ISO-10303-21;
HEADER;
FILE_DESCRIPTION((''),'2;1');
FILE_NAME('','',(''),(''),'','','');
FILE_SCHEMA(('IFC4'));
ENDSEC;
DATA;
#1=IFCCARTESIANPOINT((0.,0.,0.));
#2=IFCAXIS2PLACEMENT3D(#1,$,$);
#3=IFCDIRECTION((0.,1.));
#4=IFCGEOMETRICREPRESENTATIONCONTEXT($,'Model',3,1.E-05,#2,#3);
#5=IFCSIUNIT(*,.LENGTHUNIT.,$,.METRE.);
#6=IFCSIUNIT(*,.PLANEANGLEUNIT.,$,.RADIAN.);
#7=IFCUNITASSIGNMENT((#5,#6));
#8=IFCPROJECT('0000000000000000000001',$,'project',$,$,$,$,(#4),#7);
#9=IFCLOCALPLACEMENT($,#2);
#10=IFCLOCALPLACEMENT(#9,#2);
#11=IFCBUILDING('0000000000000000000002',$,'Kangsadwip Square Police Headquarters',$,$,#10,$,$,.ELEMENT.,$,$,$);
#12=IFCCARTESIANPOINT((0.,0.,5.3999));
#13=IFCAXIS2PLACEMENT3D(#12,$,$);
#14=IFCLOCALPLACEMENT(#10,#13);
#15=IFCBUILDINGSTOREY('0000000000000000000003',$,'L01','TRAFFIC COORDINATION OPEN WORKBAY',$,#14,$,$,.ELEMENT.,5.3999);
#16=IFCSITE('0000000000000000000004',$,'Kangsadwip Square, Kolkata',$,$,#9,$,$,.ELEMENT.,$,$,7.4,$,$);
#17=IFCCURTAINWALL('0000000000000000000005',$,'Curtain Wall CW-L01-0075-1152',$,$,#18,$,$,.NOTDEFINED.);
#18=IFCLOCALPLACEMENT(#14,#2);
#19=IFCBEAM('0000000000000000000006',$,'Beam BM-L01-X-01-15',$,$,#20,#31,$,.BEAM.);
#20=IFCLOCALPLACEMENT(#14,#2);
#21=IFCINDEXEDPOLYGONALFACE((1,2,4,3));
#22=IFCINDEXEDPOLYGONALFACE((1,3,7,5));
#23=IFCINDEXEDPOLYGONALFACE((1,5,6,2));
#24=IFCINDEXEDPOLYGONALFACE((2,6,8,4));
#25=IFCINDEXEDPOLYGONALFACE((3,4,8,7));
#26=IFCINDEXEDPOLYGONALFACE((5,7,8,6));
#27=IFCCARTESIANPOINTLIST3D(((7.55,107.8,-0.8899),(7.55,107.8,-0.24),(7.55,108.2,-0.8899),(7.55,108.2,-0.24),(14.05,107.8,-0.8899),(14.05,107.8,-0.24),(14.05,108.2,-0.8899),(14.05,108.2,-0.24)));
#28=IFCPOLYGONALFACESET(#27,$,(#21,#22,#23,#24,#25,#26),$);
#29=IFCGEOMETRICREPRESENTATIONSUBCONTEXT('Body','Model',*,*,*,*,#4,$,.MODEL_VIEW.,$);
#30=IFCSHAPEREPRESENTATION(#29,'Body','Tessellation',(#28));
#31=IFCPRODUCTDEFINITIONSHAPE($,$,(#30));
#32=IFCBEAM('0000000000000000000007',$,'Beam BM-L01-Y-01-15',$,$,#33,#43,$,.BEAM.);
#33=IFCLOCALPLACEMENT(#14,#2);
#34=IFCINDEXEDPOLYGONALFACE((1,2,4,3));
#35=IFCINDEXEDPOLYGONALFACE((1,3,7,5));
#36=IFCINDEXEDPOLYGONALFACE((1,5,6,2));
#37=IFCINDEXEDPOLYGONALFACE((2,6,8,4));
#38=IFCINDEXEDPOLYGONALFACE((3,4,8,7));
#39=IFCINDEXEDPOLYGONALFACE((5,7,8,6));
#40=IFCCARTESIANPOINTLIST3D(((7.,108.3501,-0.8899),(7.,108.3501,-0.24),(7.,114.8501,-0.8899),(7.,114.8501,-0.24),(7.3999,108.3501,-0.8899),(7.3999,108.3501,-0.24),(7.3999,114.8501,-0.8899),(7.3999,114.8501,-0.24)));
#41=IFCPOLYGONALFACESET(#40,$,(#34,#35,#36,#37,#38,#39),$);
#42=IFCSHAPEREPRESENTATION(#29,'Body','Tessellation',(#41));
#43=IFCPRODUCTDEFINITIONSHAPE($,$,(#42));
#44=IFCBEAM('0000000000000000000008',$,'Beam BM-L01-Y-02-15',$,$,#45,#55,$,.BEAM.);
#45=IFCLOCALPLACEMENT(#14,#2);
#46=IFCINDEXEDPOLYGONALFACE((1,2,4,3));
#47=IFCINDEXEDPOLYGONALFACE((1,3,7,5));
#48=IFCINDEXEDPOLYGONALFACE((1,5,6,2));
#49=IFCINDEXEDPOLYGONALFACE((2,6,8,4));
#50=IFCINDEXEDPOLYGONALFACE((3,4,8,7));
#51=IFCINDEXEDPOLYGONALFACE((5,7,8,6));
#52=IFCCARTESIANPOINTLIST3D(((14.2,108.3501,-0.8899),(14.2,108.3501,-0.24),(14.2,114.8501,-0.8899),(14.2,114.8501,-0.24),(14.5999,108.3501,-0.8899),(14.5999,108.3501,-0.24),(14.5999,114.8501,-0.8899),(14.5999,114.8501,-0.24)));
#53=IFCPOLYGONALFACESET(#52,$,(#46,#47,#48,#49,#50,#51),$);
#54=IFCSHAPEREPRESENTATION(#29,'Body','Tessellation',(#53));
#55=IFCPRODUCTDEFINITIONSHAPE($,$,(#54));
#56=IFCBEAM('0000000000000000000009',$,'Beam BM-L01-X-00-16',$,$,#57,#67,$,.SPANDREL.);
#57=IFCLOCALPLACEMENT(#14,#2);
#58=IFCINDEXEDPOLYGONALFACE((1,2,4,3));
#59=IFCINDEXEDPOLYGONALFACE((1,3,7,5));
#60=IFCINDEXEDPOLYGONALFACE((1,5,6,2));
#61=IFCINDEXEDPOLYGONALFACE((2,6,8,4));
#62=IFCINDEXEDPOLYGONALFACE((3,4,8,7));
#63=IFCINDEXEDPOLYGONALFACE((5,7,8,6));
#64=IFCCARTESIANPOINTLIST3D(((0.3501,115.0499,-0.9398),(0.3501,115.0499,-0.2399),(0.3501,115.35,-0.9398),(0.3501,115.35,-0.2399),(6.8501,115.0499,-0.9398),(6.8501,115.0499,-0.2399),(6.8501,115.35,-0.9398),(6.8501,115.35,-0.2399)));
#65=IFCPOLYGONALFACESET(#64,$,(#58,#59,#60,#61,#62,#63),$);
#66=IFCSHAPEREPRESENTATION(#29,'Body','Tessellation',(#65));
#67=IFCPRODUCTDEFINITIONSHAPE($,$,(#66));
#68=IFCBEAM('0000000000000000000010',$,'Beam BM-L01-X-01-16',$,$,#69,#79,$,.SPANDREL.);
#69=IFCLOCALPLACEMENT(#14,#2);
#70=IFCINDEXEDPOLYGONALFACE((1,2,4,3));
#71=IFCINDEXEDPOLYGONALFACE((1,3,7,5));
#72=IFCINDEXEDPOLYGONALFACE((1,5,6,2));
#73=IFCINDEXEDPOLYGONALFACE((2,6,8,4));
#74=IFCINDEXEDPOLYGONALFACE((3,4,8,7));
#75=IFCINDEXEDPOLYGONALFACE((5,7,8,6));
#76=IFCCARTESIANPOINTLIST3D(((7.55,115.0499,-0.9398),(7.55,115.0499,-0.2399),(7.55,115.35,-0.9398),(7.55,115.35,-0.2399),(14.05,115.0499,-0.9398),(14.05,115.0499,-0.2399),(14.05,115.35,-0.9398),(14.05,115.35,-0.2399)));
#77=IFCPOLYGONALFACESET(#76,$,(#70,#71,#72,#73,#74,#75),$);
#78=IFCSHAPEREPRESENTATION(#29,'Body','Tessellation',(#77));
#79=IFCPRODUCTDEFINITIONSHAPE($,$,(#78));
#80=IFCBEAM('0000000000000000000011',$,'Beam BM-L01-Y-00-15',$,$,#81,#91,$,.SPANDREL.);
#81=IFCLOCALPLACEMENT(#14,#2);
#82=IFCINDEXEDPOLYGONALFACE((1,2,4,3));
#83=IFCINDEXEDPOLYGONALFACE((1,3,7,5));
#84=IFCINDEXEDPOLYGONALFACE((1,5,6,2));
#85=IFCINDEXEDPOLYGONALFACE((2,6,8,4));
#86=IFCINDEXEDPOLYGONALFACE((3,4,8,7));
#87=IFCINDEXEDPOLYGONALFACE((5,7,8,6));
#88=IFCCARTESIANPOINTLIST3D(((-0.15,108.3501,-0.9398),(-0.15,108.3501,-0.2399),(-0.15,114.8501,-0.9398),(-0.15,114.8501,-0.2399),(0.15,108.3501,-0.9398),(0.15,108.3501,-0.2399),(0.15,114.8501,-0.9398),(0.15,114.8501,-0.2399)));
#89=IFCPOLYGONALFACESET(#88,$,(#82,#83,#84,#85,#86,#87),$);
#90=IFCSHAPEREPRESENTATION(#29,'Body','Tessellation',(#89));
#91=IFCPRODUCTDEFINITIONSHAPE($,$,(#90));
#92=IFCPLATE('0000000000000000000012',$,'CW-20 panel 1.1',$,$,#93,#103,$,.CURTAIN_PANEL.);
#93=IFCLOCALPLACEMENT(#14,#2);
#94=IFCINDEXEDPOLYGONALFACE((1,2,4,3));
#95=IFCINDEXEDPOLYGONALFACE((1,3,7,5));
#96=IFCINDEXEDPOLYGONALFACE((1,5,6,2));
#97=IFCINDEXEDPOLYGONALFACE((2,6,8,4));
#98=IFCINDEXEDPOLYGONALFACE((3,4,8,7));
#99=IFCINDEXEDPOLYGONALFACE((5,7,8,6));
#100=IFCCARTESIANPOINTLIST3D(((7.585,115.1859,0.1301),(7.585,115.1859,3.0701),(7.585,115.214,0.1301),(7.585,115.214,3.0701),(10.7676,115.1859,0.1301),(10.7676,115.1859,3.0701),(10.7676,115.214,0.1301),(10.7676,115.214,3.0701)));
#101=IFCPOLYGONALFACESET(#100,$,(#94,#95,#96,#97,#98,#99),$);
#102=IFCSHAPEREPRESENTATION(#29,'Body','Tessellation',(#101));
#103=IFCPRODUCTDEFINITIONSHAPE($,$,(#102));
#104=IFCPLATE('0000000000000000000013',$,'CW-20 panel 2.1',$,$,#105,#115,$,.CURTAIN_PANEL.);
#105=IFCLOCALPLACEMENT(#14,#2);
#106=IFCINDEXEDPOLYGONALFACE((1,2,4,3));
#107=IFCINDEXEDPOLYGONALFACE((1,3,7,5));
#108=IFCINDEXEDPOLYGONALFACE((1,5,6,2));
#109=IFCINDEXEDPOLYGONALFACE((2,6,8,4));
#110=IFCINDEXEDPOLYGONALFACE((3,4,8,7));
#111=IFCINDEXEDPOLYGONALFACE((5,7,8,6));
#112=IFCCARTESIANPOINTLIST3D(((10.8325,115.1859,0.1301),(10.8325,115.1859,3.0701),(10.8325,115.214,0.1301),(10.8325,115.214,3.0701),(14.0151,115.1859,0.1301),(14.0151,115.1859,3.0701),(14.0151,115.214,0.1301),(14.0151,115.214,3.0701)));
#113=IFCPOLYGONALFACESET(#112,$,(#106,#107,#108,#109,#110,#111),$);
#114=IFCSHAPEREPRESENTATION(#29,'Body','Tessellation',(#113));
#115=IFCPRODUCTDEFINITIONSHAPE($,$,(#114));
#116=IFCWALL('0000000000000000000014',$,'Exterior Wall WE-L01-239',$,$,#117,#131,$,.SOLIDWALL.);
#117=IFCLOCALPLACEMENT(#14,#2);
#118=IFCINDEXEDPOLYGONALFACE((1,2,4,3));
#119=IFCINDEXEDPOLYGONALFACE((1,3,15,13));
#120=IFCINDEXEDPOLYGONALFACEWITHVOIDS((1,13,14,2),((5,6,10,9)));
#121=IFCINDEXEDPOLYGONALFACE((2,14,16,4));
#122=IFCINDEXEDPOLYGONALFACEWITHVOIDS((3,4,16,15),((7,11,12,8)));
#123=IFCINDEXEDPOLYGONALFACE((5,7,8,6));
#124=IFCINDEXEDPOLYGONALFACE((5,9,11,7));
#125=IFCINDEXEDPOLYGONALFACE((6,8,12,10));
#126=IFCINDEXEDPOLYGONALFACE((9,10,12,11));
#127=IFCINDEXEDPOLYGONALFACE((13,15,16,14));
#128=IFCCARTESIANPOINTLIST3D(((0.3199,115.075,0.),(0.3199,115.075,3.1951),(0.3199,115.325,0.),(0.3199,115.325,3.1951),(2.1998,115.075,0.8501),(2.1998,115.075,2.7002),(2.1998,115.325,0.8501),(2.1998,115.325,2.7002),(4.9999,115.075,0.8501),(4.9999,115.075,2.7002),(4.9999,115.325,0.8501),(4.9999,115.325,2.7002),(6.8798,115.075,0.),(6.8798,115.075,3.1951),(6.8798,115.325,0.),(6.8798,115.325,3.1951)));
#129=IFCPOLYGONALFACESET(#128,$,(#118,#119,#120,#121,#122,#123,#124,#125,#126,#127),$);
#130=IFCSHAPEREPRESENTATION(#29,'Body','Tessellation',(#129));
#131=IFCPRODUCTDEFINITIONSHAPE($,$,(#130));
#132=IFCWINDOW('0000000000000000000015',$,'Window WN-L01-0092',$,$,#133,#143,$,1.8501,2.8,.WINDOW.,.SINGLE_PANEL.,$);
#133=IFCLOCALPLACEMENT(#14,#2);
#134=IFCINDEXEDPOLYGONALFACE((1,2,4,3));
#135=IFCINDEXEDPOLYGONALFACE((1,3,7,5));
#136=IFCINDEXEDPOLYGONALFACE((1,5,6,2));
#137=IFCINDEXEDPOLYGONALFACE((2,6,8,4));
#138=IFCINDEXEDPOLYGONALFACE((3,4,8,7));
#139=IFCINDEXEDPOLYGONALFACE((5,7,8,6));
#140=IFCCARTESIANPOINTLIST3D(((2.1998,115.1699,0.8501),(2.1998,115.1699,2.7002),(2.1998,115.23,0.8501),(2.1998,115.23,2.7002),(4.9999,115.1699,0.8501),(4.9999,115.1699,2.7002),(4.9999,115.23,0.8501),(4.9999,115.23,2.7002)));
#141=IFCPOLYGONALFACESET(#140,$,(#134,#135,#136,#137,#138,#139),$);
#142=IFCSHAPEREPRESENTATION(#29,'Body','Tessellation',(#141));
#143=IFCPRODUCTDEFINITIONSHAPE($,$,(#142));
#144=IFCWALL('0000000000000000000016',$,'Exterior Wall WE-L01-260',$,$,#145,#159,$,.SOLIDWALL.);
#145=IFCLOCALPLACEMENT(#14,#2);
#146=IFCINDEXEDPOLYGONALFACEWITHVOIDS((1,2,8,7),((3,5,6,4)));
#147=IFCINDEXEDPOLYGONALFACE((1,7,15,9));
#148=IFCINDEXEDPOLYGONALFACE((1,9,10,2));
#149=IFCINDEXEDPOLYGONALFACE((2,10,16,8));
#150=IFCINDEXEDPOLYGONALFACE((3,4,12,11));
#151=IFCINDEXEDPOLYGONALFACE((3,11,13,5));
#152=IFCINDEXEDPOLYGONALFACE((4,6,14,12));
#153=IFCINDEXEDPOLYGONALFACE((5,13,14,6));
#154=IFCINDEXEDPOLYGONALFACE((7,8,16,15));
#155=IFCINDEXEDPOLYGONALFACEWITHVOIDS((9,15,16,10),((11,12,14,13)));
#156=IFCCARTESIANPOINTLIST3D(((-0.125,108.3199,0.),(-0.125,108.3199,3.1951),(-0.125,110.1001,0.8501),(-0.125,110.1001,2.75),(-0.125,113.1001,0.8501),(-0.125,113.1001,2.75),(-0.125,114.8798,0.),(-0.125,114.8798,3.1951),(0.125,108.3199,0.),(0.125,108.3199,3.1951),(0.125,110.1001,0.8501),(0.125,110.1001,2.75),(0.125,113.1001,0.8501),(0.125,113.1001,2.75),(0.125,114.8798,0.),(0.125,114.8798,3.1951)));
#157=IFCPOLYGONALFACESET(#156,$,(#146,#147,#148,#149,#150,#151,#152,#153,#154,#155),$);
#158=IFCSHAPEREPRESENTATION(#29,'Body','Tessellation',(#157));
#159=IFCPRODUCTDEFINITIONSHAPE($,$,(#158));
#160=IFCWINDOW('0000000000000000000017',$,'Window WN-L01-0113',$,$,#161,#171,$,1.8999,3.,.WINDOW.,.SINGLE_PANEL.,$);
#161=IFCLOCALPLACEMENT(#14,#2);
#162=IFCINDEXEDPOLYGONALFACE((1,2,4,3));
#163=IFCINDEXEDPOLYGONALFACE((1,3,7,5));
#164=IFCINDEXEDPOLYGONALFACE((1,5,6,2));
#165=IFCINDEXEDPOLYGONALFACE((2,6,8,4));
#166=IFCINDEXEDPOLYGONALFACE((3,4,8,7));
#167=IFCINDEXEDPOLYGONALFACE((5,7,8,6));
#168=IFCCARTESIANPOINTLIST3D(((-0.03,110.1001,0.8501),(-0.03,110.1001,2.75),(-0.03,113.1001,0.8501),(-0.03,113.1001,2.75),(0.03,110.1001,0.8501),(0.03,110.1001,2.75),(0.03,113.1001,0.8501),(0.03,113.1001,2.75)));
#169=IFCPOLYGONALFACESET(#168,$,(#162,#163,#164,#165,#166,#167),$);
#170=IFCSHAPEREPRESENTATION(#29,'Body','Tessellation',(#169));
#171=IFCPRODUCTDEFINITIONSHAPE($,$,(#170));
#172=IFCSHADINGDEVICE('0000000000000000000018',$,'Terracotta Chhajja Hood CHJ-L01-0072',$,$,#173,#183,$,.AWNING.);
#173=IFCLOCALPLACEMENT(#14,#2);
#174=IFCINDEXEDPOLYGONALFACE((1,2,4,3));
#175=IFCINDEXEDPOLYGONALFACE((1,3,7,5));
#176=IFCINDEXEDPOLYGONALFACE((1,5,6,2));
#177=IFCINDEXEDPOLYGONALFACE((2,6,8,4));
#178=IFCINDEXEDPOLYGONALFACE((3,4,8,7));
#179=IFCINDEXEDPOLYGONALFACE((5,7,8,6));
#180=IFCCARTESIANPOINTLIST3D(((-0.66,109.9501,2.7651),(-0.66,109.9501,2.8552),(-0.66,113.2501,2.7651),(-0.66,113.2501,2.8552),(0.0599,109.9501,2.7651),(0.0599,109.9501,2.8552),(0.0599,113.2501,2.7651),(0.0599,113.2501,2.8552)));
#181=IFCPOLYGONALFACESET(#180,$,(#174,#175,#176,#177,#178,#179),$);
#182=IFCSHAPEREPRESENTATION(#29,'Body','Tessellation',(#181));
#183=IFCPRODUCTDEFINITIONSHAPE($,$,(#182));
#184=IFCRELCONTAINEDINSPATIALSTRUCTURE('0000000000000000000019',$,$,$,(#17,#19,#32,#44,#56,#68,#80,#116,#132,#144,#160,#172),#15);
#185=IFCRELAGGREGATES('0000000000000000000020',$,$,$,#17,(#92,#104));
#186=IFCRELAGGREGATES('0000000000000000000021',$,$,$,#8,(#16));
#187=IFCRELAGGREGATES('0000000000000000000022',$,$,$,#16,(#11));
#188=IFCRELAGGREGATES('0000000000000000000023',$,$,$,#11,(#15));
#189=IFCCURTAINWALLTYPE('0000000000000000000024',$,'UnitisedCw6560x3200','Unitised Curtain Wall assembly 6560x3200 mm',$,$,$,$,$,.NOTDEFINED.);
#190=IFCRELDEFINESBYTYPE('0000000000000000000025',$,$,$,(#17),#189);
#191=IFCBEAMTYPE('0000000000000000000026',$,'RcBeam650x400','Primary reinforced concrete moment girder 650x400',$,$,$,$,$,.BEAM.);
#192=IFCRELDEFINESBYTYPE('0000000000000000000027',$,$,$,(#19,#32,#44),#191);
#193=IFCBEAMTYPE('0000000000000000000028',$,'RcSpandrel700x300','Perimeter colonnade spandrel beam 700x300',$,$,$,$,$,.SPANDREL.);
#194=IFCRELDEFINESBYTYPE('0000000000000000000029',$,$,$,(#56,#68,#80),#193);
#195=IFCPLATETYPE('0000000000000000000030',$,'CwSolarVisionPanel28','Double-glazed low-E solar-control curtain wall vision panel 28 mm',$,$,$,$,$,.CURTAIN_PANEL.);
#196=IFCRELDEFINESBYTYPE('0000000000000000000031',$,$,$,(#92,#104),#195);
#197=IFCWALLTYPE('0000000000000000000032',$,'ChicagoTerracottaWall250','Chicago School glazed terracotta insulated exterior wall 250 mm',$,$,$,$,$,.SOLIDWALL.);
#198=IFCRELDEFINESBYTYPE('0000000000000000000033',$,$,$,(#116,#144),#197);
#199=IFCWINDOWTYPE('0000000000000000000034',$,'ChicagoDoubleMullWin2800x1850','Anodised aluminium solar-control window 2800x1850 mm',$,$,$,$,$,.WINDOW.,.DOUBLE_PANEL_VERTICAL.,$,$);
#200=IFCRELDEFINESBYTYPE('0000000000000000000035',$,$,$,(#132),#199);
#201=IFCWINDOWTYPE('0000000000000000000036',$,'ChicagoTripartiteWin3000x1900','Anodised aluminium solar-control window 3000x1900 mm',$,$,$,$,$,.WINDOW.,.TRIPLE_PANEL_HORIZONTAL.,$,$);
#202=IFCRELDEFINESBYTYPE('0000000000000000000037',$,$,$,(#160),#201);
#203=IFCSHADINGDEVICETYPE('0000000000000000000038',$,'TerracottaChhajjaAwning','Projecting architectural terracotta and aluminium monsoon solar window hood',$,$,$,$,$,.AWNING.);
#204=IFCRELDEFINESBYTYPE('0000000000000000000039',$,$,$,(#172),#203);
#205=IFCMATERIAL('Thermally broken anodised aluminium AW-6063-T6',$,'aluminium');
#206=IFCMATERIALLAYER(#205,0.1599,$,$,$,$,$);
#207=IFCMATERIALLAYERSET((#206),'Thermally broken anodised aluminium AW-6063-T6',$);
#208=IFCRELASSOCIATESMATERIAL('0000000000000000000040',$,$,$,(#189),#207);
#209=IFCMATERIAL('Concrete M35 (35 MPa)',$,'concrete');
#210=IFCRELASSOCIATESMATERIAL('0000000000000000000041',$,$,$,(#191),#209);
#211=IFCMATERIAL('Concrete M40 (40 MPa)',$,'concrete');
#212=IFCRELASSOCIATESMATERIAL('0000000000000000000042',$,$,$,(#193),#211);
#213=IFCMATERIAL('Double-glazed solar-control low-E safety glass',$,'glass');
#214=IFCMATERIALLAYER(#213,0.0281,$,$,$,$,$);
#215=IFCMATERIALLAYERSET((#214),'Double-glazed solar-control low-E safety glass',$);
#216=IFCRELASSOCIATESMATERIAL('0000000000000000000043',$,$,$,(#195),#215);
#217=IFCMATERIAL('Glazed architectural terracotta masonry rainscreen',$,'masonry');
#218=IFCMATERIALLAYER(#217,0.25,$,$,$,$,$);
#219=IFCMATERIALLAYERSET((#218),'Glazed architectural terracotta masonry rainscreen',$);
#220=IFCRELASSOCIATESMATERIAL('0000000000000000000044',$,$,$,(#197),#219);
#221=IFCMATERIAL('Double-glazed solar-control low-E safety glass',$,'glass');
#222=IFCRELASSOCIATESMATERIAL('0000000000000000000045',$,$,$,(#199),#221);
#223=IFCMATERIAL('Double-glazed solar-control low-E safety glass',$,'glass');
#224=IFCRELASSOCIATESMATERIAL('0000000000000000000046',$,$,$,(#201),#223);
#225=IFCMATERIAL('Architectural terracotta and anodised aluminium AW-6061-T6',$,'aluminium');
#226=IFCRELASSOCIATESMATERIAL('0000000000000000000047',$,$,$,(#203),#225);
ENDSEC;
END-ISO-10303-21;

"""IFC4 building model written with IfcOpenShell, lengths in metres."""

from ifc_helpers import new_model, si_unit, direction, frame, frame_2d, origin, origin_2d, place, context, subcontext, project, spatial, rectangle, extrude, material, layer, layer_set, material_profile, profile_set, type_object, element, fill, aggregate, save


model = new_model("IFC4")

# Units and contexts
model_context = context("Model", 3, precision=1e-05, world=origin(), true_north=direction((0.0, 1.0)))
body_context = subcontext(model_context, "Body", "Model", "MODEL_VIEW")
ifc_project = project(units=[si_unit("LENGTHUNIT", "METRE"), si_unit("PLANEANGLEUNIT", "RADIAN")], contexts=[model_context])

# Site, building, storey
site_placement = place(None, origin())
site = spatial("IfcSite", under=ifc_project, at=site_placement, Name="Kangsadwip Square, Kolkata", CompositionType="ELEMENT", RefElevation=7.4)
building_placement = place(site_placement, origin())
building = spatial("IfcBuilding", under=site, at=building_placement, Name="Kangsadwip Square Police Headquarters", CompositionType="ELEMENT")
storey_placement = place(building_placement, frame((0.0, 0.0, 5.3999)))
storey = spatial("IfcBuildingStorey", under=building, at=storey_placement, Name="L01", Description="TRAFFIC COORDINATION OPEN WORKBAY", CompositionType="ELEMENT", Elevation=5.3999)

# Curtain wall
ifc_material_1 = material(Name="Thermally broken anodised aluminium AW-6063-T6", Category="aluminium")
ifc_layer_1 = layer(ifc_material_1, 0.1599)
ifc_layer_set_1 = layer_set([ifc_layer_1], Name="Thermally broken anodised aluminium AW-6063-T6")
curtain_wall_type = type_object("IfcCurtainWallType", Name="UnitisedCw6560x3200", Description="Unitised Curtain Wall assembly 6560x3200 mm", PredefinedType="NOTDEFINED", material=ifc_layer_set_1)
curtain_wall_placement = place(storey_placement, origin())
curtain_wall = element("IfcCurtainWall", 1, at=curtain_wall_placement, inside=storey, type_object=curtain_wall_type, Name="Curtain Wall CW-L01-0075-1152", PredefinedType="NOTDEFINED")

# Beams
ifc_material_2 = material(Name="Concrete M35 (35 MPa)", Category="concrete")
ifc_material_profile_1 = material_profile(ifc_material_2, rectangle(XDim=0.3999, YDim=0.6499, at=origin_2d()), Name="RC BM 650X400")
ifc_profile_set_1 = profile_set([ifc_material_profile_1], Name="Concrete M35 (35 MPa)")
beam_type_1 = type_object("IfcBeamType", Name="RcBeam650x400", Description="Primary reinforced concrete moment girder 650x400", PredefinedType="BEAM", material=ifc_profile_set_1)
for number, where, z_axis, x_axis, name in (
    (2, (7.55, 108.0, -0.5649), (1.0, 0.0, 0.0), (0.0, 1.0, 0.0), "Beam BM-L01-X-01-15"),
    (3, (7.2, 108.3501, -0.5649), (0.0, 1.0, 0.0), (-1.0, 0.0, 0.0), "Beam BM-L01-Y-01-15"),
    (4, (14.3999, 108.3501, -0.5649), (0.0, 1.0, 0.0), (-1.0, 0.0, 0.0), "Beam BM-L01-Y-02-15"),
):
    element("IfcBeam", number, at=place(storey_placement, frame(where, z_axis=z_axis, x_axis=x_axis)), inside=storey, type_object=beam_type_1, Name=name, PredefinedType="BEAM", context=body_context, shape_type="SweptSolid", body=[
        extrude(rectangle(XDim=0.3999, YDim=0.6499, at=origin_2d()), origin(), (0.0, 0.0, 1.0), 6.5),
    ])
ifc_material_3 = material(Name="Concrete M40 (40 MPa)", Category="concrete")
ifc_material_profile_2 = material_profile(ifc_material_3, rectangle(XDim=0.3, YDim=0.7, at=origin_2d()), Name="RC SPN 700X300")
ifc_profile_set_2 = profile_set([ifc_material_profile_2], Name="Concrete M40 (40 MPa)")
beam_type_2 = type_object("IfcBeamType", Name="RcSpandrel700x300", Description="Perimeter colonnade spandrel beam 700x300", PredefinedType="SPANDREL", material=ifc_profile_set_2)
for number, where, z_axis, x_axis, name in (
    (5, (0.3501, 115.2, -0.5898), (1.0, 0.0, 0.0), (0.0, 1.0, 0.0), "Beam BM-L01-X-00-16"),
    (6, (7.55, 115.2, -0.5898), (1.0, 0.0, 0.0), (0.0, 1.0, 0.0), "Beam BM-L01-X-01-16"),
    (7, (0.0, 108.3501, -0.5898), (0.0, 1.0, 0.0), (-1.0, 0.0, 0.0), "Beam BM-L01-Y-00-15"),
):
    element("IfcBeam", number, at=place(storey_placement, frame(where, z_axis=z_axis, x_axis=x_axis)), inside=storey, type_object=beam_type_2, Name=name, PredefinedType="SPANDREL", context=body_context, shape_type="SweptSolid", body=[
        extrude(rectangle(XDim=0.3, YDim=0.7, at=origin_2d()), origin(), (0.0, 0.0, 1.0), 6.5),
    ])

# Plates
ifc_material_4 = material(Name="Double-glazed solar-control low-E safety glass", Category="glass")
ifc_layer_2 = layer(ifc_material_4, 0.0281)
ifc_layer_set_2 = layer_set([ifc_layer_2], Name="Double-glazed solar-control low-E safety glass")
plate_type = type_object("IfcPlateType", Name="CwSolarVisionPanel28", Description="Double-glazed low-E solar-control curtain wall vision panel 28 mm", PredefinedType="CURTAIN_PANEL", material=ifc_layer_set_2)
plate_1_placement = place(storey_placement, frame((9.1763, 115.2, 0.1301), z_axis=(0.0, 0.0, 1.0), x_axis=(1.0, 0.0, 0.0)))
plate_1 = element("IfcPlate", 8, at=plate_1_placement, type_object=plate_type, Name="CW-20 panel 1.1", PredefinedType="CURTAIN_PANEL", context=body_context, shape_type="SweptSolid", body=[
    extrude(rectangle(XDim=3.1826, YDim=0.0281, at=origin_2d()), origin(), (0.0, 0.0, 1.0), 2.9399),
])
plate_2_placement = place(storey_placement, frame((12.4238, 115.2, 0.1301), z_axis=(0.0, 0.0, 1.0), x_axis=(1.0, 0.0, 0.0)))
plate_2 = element("IfcPlate", 9, at=plate_2_placement, type_object=plate_type, Name="CW-20 panel 2.1", PredefinedType="CURTAIN_PANEL", context=body_context, shape_type="SweptSolid", body=[
    extrude(rectangle(XDim=3.1826, YDim=0.0281, at=origin_2d()), origin(), (0.0, 0.0, 1.0), 2.9399),
])
aggregate(curtain_wall, [plate_1, plate_2])

# Walls, openings, windows
ifc_material_5 = material(Name="Glazed architectural terracotta masonry rainscreen", Category="masonry")
ifc_layer_3 = layer(ifc_material_5, 0.25)
ifc_layer_set_3 = layer_set([ifc_layer_3], Name="Glazed architectural terracotta masonry rainscreen")
wall_type = type_object("IfcWallType", Name="ChicagoTerracottaWall250", Description="Chicago School glazed terracotta insulated exterior wall 250 mm", PredefinedType="SOLIDWALL", material=ifc_layer_set_3)
wall_1_placement = place(storey_placement, frame((0.3201, 115.2, 0.0), z_axis=(0.0, 0.0, 1.0), x_axis=(1.0, 0.0, 0.0)))
wall_1 = element("IfcWall", 10, at=wall_1_placement, inside=storey, type_object=wall_type, Name="Exterior Wall WE-L01-239", PredefinedType="SOLIDWALL", context=body_context, shape_type="SweptSolid", body=[
    extrude(rectangle(XDim=6.5598, YDim=0.25, at=frame_2d((3.2798, 0.0))), origin(), (0.0, 0.0, 1.0), 3.1951),
])
opening_1_placement = place(wall_1_placement, frame((1.8799, 0.0, 0.8501)))
opening_1 = element("IfcOpeningElement", 11, at=opening_1_placement, cuts=wall_1, PredefinedType="OPENING", context=body_context, shape_type="SweptSolid", body=[
    extrude(rectangle(XDim=2.8, YDim=1.8501, at=frame_2d((1.3999, 0.925))), frame((0.0, 0.135, 0.0), z_axis=(0.0, -1.0, 0.0), x_axis=(1.0, 0.0, 0.0)), (0.0, 0.0, 1.0), 0.27),
])
ifc_material_6 = material(Name="Double-glazed solar-control low-E safety glass", Category="glass")
window_type_1 = type_object("IfcWindowType", Name="ChicagoDoubleMullWin2800x1850", Description="Anodised aluminium solar-control window 2800x1850 mm", PartitioningType="DOUBLE_PANEL_VERTICAL", PredefinedType="WINDOW", material=ifc_material_6)
window_1_placement = place(opening_1_placement, origin())
window_1 = element("IfcWindow", 12, at=window_1_placement, inside=storey, type_object=window_type_1, Name="Window WN-L01-0092", OverallHeight=1.8501, OverallWidth=2.8, PartitioningType="SINGLE_PANEL", PredefinedType="WINDOW", context=body_context, shape_type="SweptSolid", body=[
    extrude(rectangle(XDim=2.8, YDim=1.8501, at=frame_2d((1.3999, 0.925))), frame((0.0, 0.03, 0.0), z_axis=(0.0, -1.0, 0.0), x_axis=(1.0, 0.0, 0.0)), (0.0, 0.0, 1.0), 0.0601),
])
fill(opening_1, window_1)
wall_2_placement = place(storey_placement, frame((0.0, 108.3201, 0.0), z_axis=(0.0, 0.0, 1.0), x_axis=(0.0, 1.0, 0.0)))
wall_2 = element("IfcWall", 13, at=wall_2_placement, inside=storey, type_object=wall_type, Name="Exterior Wall WE-L01-260", PredefinedType="SOLIDWALL", context=body_context, shape_type="SweptSolid", body=[
    extrude(rectangle(XDim=6.5598, YDim=0.25, at=frame_2d((3.2798, 0.0))), origin(), (0.0, 0.0, 1.0), 3.1951),
])
opening_2_placement = place(wall_2_placement, frame((1.78, 0.0, 0.8501)))
opening_2 = element("IfcOpeningElement", 14, at=opening_2_placement, cuts=wall_2, PredefinedType="OPENING", context=body_context, shape_type="SweptSolid", body=[
    extrude(rectangle(XDim=3.0, YDim=1.8999, at=frame_2d((1.5, 0.95))), frame((0.0, 0.135, 0.0), z_axis=(0.0, -1.0, 0.0), x_axis=(1.0, 0.0, 0.0)), (0.0, 0.0, 1.0), 0.27),
])
ifc_material_7 = material(Name="Double-glazed solar-control low-E safety glass", Category="glass")
window_type_2 = type_object("IfcWindowType", Name="ChicagoTripartiteWin3000x1900", Description="Anodised aluminium solar-control window 3000x1900 mm", PartitioningType="TRIPLE_PANEL_HORIZONTAL", PredefinedType="WINDOW", material=ifc_material_7)
window_2_placement = place(opening_2_placement, origin())
window_2 = element("IfcWindow", 15, at=window_2_placement, inside=storey, type_object=window_type_2, Name="Window WN-L01-0113", OverallHeight=1.8999, OverallWidth=3.0, PartitioningType="SINGLE_PANEL", PredefinedType="WINDOW", context=body_context, shape_type="SweptSolid", body=[
    extrude(rectangle(XDim=3.0, YDim=1.8999, at=frame_2d((1.5, 0.95))), frame((0.0, 0.03, 0.0), z_axis=(0.0, -1.0, 0.0), x_axis=(1.0, 0.0, 0.0)), (0.0, 0.0, 1.0), 0.0601),
])
fill(opening_2, window_2)

# Shading device
ifc_material_8 = material(Name="Architectural terracotta and anodised aluminium AW-6061-T6", Category="aluminium")
shading_device_type = type_object("IfcShadingDeviceType", Name="TerracottaChhajjaAwning", Description="Projecting architectural terracotta and aluminium monsoon solar window hood", PredefinedType="AWNING", material=ifc_material_8)
shading_device_placement = place(storey_placement, frame((-0.3, 111.6001, 2.7651), z_axis=(0.0, 0.0, 1.0), x_axis=(0.0, 1.0, 0.0)))
element("IfcShadingDevice", 16, at=shading_device_placement, inside=storey, type_object=shading_device_type, Name="Terracotta Chhajja Hood CHJ-L01-0072", PredefinedType="AWNING", context=body_context, shape_type="SweptSolid", body=[
    extrude(rectangle(XDim=3.3, YDim=0.72, at=origin_2d()), origin(), (0.0, 0.0, 1.0), 0.0901),
])

save(model, "model.ifc")
